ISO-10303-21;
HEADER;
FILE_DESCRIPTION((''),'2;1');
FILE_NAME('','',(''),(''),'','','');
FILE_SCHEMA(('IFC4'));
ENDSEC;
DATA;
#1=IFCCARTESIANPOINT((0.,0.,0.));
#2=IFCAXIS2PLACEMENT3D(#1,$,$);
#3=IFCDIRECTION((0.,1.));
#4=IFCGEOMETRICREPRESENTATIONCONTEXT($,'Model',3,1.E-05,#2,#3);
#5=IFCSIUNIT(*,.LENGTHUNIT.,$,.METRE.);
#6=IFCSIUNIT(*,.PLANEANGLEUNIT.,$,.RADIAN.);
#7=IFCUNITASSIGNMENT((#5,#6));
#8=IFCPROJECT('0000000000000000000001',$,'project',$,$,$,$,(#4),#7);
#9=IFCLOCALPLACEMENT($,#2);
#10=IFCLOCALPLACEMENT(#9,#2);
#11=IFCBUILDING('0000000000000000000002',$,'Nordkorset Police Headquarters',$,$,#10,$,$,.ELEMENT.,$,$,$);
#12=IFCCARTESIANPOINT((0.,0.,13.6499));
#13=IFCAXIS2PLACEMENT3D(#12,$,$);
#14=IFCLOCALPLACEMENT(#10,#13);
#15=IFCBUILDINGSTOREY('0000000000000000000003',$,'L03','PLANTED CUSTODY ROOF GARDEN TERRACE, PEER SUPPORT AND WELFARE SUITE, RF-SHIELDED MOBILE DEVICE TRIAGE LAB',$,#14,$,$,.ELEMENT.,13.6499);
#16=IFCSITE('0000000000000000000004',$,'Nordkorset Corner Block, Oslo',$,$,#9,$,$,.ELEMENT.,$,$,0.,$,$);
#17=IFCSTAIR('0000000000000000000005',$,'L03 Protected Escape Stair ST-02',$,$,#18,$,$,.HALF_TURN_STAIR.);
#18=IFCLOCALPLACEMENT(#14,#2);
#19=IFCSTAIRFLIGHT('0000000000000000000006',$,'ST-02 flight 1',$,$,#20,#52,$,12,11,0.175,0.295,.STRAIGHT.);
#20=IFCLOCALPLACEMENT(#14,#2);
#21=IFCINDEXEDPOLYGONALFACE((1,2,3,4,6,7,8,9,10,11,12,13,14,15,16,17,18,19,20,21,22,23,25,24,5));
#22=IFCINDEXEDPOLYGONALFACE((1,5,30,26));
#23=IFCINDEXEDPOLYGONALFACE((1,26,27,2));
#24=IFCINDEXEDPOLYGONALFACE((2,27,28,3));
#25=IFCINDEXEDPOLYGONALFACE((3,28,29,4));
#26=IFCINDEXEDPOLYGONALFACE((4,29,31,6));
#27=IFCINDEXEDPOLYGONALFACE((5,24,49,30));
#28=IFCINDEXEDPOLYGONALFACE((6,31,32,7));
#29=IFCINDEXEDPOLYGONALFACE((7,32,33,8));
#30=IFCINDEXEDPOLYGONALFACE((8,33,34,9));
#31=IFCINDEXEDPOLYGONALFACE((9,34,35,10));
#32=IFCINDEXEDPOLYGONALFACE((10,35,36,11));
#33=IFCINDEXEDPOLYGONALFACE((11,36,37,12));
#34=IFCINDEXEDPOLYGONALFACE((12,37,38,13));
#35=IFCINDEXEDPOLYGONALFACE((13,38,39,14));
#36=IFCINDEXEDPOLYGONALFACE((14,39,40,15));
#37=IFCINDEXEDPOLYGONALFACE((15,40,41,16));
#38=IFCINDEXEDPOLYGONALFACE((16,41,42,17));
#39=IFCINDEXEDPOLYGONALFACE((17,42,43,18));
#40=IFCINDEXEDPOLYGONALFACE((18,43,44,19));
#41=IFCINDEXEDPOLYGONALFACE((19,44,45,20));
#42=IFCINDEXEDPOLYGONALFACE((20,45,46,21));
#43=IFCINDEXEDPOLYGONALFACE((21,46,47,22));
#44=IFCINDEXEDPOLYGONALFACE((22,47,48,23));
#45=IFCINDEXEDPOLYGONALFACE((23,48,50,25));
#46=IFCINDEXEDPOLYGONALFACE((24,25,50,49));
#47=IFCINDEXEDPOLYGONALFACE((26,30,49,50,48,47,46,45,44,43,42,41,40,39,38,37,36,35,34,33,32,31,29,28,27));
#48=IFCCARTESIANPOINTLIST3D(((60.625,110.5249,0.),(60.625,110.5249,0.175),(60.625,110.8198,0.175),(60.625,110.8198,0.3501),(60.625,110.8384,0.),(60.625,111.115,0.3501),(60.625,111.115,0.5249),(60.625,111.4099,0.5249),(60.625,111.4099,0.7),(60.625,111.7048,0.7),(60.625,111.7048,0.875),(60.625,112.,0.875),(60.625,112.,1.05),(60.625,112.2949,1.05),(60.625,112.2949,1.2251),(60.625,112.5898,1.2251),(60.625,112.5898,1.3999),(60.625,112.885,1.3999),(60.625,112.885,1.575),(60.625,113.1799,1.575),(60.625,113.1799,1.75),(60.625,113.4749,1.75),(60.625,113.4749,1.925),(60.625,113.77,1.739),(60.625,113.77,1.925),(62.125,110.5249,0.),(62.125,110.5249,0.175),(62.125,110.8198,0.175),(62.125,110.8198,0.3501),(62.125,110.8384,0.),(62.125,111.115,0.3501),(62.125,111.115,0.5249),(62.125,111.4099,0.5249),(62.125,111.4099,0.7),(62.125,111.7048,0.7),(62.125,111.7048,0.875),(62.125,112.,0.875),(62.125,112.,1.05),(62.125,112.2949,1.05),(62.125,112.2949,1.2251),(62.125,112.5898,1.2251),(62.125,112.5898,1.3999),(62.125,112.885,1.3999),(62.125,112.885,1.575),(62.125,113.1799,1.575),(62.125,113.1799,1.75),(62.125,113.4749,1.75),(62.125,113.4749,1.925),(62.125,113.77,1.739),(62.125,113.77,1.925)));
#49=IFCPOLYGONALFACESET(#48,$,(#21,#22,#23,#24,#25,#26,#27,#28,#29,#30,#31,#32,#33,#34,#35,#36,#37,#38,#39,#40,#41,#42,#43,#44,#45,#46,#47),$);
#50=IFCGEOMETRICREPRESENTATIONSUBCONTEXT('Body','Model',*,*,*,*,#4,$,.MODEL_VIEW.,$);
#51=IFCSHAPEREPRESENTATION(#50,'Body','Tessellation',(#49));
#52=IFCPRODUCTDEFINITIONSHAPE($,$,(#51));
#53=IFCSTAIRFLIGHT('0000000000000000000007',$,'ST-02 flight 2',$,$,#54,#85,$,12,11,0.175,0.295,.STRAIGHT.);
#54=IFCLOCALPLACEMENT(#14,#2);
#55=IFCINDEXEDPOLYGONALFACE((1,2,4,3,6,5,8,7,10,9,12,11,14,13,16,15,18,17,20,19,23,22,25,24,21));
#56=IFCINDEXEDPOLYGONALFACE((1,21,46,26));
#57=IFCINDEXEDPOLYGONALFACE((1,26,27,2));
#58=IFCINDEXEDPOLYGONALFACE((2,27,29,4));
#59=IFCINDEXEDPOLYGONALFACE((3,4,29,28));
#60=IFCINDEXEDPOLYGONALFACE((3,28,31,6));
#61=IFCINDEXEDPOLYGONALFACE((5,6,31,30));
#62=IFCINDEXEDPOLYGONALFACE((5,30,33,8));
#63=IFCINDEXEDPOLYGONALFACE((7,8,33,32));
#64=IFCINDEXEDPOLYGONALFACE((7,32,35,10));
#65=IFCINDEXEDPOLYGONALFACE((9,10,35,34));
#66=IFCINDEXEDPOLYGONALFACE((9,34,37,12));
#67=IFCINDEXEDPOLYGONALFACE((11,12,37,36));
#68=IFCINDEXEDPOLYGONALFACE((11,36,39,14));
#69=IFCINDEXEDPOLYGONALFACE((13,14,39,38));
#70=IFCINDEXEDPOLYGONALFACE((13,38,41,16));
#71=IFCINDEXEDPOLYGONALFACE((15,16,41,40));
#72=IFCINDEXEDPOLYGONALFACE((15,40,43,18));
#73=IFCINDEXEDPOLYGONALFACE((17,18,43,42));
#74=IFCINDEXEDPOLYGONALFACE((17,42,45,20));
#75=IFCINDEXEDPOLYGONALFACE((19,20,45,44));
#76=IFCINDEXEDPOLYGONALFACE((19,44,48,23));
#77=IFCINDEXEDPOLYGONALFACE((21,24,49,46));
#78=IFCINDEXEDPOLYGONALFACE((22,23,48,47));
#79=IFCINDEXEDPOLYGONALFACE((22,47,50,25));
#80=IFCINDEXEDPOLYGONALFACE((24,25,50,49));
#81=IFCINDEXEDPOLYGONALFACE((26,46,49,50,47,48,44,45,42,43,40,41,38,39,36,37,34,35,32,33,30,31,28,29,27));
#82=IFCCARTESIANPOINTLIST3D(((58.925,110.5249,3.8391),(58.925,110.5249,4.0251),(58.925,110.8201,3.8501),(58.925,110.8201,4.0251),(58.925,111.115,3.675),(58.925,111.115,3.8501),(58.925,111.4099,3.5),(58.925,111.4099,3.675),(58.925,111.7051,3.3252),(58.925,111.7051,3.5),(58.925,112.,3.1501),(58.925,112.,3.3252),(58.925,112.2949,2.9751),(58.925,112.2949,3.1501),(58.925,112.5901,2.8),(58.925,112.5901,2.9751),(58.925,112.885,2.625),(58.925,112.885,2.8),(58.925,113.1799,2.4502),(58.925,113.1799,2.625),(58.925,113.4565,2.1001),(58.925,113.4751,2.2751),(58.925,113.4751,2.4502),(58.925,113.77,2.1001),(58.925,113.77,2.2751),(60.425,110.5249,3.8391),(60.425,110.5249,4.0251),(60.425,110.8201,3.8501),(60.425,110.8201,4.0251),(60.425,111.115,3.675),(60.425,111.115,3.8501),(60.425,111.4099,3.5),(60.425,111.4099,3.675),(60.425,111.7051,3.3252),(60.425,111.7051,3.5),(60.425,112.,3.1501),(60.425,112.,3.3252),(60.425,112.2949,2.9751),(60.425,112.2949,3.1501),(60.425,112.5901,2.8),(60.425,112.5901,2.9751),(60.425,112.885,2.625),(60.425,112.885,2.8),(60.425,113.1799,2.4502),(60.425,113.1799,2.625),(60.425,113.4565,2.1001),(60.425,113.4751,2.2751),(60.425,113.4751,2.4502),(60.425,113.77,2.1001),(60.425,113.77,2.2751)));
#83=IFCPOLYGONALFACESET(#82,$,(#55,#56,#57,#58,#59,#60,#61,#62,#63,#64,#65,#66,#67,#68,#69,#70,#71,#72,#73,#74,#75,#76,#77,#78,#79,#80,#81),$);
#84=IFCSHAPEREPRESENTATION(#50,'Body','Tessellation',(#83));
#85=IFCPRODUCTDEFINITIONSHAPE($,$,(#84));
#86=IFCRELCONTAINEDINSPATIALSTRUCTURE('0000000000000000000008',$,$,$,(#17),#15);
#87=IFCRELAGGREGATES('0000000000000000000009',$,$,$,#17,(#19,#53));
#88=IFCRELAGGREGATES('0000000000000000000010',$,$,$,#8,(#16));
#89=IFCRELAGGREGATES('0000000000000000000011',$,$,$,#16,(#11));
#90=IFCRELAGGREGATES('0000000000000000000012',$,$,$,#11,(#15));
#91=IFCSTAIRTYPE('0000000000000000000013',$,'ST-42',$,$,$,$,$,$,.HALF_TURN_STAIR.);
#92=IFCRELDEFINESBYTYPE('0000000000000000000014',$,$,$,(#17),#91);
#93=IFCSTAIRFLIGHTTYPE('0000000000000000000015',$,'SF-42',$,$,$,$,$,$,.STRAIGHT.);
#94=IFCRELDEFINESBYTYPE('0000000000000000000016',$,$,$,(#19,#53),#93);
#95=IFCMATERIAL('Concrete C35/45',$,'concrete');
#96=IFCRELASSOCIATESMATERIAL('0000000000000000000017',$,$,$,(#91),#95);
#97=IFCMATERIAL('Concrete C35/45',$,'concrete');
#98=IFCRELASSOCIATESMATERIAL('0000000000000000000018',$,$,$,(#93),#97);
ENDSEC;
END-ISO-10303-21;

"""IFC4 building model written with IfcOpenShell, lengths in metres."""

from ifc_helpers import new_model, si_unit, direction, frame, origin, place, context, subcontext, project, spatial, polyline, outline, extrude, material, type_object, element, aggregate, save


model = new_model("IFC4")

# Units and contexts
model_context = context("Model", 3, precision=1e-05, world=origin(), true_north=direction((0.0, 1.0)))
body_context = subcontext(model_context, "Body", "Model", "MODEL_VIEW")
ifc_project = project(units=[si_unit("LENGTHUNIT", "METRE"), si_unit("PLANEANGLEUNIT", "RADIAN")], contexts=[model_context])

# Site, building, storey
site_placement = place(None, origin())
site = spatial("IfcSite", under=ifc_project, at=site_placement, Name="Nordkorset Corner Block, Oslo", CompositionType="ELEMENT", RefElevation=0.0)
building_placement = place(site_placement, origin())
building = spatial("IfcBuilding", under=site, at=building_placement, Name="Nordkorset Police Headquarters", CompositionType="ELEMENT")
storey_placement = place(building_placement, frame((0.0, 0.0, 13.6499)))
storey = spatial("IfcBuildingStorey", under=building, at=storey_placement, Name="L03", Description="PLANTED CUSTODY ROOF GARDEN TERRACE, PEER SUPPORT AND WELFARE SUITE, RF-SHIELDED MOBILE DEVICE TRIAGE LAB", CompositionType="ELEMENT", Elevation=13.6499)

# Stair, stair flights
ifc_material_1 = material(Name="Concrete C35/45", Category="concrete")
stair_type = type_object("IfcStairType", Name="ST-42", PredefinedType="HALF_TURN_STAIR", material=ifc_material_1)
stair_placement = place(storey_placement, origin())
stair = element("IfcStair", 1, at=stair_placement, inside=storey, type_object=stair_type, Name="L03 Protected Escape Stair ST-02", PredefinedType="HALF_TURN_STAIR")
ifc_material_2 = material(Name="Concrete C35/45", Category="concrete")
stair_flight_type = type_object("IfcStairFlightType", Name="SF-42", PredefinedType="STRAIGHT", material=ifc_material_2)
stair_flight_1_placement = place(storey_placement, frame((61.375, 110.5249, 0.0), z_axis=(0.0, 0.0, 1.0), x_axis=(0.0, 1.0, 0.0)))
stair_flight_1 = element("IfcStairFlight", 2, at=stair_flight_1_placement, type_object=stair_flight_type, Name="ST-02 flight 1", NumberOfRisers=12, NumberOfTreads=11, PredefinedType="STRAIGHT", RiserHeight=0.175, TreadLength=0.295, context=body_context, shape_type="SweptSolid", body=[
    extrude(outline(polyline([(0.0, 0.0), (0.0, 0.175), (0.2949, 0.175), (0.2949, 0.3501), (0.5901, 0.3501), (0.5901, 0.5249), (0.885, 0.5249), (0.885, 0.7), (1.1799, 0.7), (1.1799, 0.875), (1.4751, 0.875), (1.4751, 1.05), (1.77, 1.05), (1.77, 1.2251), (2.0649, 1.2251), (2.0649, 1.3999), (2.3601, 1.3999), (2.3601, 1.575), (2.655, 1.575), (2.655, 1.75), (2.95, 1.75), (2.95, 1.925), (3.2451, 1.925), (3.2451, 2.1001), (3.2451, 1.739), (0.3135, 0.0), (0.0, 0.0)])), frame((0.0, 0.75, 0.0), z_axis=(0.0, -1.0, 0.0), x_axis=(1.0, 0.0, 0.0)), (0.0, 0.0, 1.0), 1.5),
])
stair_flight_2_placement = place(storey_placement, frame((59.675, 113.77, 2.1001), z_axis=(0.0, 0.0, 1.0), x_axis=(0.0, -1.0, 0.0)))
stair_flight_2 = element("IfcStairFlight", 3, at=stair_flight_2_placement, type_object=stair_flight_type, Name="ST-02 flight 2", NumberOfRisers=12, NumberOfTreads=11, PredefinedType="STRAIGHT", RiserHeight=0.175, TreadLength=0.295, context=body_context, shape_type="SweptSolid", body=[
    extrude(outline(polyline([(0.0, 0.0), (0.0, 0.175), (0.2949, 0.175), (0.2949, 0.3501), (0.5901, 0.3501), (0.5901, 0.5249), (0.885, 0.5249), (0.885, 0.7), (1.1799, 0.7), (1.1799, 0.875), (1.4751, 0.875), (1.4751, 1.05), (1.77, 1.05), (1.77, 1.2251), (2.0649, 1.2251), (2.0649, 1.3999), (2.3601, 1.3999), (2.3601, 1.575), (2.655, 1.575), (2.655, 1.75), (2.95, 1.75), (2.95, 1.925), (3.2451, 1.925), (3.2451, 2.1001), (3.2451, 1.739), (0.3135, 0.0), (0.0, 0.0)])), frame((0.0, 0.75, 0.0), z_axis=(0.0, -1.0, 0.0), x_axis=(1.0, 0.0, 0.0)), (0.0, 0.0, 1.0), 1.5),
])
aggregate(stair, [stair_flight_1, stair_flight_2])

save(model, "model.ifc")
